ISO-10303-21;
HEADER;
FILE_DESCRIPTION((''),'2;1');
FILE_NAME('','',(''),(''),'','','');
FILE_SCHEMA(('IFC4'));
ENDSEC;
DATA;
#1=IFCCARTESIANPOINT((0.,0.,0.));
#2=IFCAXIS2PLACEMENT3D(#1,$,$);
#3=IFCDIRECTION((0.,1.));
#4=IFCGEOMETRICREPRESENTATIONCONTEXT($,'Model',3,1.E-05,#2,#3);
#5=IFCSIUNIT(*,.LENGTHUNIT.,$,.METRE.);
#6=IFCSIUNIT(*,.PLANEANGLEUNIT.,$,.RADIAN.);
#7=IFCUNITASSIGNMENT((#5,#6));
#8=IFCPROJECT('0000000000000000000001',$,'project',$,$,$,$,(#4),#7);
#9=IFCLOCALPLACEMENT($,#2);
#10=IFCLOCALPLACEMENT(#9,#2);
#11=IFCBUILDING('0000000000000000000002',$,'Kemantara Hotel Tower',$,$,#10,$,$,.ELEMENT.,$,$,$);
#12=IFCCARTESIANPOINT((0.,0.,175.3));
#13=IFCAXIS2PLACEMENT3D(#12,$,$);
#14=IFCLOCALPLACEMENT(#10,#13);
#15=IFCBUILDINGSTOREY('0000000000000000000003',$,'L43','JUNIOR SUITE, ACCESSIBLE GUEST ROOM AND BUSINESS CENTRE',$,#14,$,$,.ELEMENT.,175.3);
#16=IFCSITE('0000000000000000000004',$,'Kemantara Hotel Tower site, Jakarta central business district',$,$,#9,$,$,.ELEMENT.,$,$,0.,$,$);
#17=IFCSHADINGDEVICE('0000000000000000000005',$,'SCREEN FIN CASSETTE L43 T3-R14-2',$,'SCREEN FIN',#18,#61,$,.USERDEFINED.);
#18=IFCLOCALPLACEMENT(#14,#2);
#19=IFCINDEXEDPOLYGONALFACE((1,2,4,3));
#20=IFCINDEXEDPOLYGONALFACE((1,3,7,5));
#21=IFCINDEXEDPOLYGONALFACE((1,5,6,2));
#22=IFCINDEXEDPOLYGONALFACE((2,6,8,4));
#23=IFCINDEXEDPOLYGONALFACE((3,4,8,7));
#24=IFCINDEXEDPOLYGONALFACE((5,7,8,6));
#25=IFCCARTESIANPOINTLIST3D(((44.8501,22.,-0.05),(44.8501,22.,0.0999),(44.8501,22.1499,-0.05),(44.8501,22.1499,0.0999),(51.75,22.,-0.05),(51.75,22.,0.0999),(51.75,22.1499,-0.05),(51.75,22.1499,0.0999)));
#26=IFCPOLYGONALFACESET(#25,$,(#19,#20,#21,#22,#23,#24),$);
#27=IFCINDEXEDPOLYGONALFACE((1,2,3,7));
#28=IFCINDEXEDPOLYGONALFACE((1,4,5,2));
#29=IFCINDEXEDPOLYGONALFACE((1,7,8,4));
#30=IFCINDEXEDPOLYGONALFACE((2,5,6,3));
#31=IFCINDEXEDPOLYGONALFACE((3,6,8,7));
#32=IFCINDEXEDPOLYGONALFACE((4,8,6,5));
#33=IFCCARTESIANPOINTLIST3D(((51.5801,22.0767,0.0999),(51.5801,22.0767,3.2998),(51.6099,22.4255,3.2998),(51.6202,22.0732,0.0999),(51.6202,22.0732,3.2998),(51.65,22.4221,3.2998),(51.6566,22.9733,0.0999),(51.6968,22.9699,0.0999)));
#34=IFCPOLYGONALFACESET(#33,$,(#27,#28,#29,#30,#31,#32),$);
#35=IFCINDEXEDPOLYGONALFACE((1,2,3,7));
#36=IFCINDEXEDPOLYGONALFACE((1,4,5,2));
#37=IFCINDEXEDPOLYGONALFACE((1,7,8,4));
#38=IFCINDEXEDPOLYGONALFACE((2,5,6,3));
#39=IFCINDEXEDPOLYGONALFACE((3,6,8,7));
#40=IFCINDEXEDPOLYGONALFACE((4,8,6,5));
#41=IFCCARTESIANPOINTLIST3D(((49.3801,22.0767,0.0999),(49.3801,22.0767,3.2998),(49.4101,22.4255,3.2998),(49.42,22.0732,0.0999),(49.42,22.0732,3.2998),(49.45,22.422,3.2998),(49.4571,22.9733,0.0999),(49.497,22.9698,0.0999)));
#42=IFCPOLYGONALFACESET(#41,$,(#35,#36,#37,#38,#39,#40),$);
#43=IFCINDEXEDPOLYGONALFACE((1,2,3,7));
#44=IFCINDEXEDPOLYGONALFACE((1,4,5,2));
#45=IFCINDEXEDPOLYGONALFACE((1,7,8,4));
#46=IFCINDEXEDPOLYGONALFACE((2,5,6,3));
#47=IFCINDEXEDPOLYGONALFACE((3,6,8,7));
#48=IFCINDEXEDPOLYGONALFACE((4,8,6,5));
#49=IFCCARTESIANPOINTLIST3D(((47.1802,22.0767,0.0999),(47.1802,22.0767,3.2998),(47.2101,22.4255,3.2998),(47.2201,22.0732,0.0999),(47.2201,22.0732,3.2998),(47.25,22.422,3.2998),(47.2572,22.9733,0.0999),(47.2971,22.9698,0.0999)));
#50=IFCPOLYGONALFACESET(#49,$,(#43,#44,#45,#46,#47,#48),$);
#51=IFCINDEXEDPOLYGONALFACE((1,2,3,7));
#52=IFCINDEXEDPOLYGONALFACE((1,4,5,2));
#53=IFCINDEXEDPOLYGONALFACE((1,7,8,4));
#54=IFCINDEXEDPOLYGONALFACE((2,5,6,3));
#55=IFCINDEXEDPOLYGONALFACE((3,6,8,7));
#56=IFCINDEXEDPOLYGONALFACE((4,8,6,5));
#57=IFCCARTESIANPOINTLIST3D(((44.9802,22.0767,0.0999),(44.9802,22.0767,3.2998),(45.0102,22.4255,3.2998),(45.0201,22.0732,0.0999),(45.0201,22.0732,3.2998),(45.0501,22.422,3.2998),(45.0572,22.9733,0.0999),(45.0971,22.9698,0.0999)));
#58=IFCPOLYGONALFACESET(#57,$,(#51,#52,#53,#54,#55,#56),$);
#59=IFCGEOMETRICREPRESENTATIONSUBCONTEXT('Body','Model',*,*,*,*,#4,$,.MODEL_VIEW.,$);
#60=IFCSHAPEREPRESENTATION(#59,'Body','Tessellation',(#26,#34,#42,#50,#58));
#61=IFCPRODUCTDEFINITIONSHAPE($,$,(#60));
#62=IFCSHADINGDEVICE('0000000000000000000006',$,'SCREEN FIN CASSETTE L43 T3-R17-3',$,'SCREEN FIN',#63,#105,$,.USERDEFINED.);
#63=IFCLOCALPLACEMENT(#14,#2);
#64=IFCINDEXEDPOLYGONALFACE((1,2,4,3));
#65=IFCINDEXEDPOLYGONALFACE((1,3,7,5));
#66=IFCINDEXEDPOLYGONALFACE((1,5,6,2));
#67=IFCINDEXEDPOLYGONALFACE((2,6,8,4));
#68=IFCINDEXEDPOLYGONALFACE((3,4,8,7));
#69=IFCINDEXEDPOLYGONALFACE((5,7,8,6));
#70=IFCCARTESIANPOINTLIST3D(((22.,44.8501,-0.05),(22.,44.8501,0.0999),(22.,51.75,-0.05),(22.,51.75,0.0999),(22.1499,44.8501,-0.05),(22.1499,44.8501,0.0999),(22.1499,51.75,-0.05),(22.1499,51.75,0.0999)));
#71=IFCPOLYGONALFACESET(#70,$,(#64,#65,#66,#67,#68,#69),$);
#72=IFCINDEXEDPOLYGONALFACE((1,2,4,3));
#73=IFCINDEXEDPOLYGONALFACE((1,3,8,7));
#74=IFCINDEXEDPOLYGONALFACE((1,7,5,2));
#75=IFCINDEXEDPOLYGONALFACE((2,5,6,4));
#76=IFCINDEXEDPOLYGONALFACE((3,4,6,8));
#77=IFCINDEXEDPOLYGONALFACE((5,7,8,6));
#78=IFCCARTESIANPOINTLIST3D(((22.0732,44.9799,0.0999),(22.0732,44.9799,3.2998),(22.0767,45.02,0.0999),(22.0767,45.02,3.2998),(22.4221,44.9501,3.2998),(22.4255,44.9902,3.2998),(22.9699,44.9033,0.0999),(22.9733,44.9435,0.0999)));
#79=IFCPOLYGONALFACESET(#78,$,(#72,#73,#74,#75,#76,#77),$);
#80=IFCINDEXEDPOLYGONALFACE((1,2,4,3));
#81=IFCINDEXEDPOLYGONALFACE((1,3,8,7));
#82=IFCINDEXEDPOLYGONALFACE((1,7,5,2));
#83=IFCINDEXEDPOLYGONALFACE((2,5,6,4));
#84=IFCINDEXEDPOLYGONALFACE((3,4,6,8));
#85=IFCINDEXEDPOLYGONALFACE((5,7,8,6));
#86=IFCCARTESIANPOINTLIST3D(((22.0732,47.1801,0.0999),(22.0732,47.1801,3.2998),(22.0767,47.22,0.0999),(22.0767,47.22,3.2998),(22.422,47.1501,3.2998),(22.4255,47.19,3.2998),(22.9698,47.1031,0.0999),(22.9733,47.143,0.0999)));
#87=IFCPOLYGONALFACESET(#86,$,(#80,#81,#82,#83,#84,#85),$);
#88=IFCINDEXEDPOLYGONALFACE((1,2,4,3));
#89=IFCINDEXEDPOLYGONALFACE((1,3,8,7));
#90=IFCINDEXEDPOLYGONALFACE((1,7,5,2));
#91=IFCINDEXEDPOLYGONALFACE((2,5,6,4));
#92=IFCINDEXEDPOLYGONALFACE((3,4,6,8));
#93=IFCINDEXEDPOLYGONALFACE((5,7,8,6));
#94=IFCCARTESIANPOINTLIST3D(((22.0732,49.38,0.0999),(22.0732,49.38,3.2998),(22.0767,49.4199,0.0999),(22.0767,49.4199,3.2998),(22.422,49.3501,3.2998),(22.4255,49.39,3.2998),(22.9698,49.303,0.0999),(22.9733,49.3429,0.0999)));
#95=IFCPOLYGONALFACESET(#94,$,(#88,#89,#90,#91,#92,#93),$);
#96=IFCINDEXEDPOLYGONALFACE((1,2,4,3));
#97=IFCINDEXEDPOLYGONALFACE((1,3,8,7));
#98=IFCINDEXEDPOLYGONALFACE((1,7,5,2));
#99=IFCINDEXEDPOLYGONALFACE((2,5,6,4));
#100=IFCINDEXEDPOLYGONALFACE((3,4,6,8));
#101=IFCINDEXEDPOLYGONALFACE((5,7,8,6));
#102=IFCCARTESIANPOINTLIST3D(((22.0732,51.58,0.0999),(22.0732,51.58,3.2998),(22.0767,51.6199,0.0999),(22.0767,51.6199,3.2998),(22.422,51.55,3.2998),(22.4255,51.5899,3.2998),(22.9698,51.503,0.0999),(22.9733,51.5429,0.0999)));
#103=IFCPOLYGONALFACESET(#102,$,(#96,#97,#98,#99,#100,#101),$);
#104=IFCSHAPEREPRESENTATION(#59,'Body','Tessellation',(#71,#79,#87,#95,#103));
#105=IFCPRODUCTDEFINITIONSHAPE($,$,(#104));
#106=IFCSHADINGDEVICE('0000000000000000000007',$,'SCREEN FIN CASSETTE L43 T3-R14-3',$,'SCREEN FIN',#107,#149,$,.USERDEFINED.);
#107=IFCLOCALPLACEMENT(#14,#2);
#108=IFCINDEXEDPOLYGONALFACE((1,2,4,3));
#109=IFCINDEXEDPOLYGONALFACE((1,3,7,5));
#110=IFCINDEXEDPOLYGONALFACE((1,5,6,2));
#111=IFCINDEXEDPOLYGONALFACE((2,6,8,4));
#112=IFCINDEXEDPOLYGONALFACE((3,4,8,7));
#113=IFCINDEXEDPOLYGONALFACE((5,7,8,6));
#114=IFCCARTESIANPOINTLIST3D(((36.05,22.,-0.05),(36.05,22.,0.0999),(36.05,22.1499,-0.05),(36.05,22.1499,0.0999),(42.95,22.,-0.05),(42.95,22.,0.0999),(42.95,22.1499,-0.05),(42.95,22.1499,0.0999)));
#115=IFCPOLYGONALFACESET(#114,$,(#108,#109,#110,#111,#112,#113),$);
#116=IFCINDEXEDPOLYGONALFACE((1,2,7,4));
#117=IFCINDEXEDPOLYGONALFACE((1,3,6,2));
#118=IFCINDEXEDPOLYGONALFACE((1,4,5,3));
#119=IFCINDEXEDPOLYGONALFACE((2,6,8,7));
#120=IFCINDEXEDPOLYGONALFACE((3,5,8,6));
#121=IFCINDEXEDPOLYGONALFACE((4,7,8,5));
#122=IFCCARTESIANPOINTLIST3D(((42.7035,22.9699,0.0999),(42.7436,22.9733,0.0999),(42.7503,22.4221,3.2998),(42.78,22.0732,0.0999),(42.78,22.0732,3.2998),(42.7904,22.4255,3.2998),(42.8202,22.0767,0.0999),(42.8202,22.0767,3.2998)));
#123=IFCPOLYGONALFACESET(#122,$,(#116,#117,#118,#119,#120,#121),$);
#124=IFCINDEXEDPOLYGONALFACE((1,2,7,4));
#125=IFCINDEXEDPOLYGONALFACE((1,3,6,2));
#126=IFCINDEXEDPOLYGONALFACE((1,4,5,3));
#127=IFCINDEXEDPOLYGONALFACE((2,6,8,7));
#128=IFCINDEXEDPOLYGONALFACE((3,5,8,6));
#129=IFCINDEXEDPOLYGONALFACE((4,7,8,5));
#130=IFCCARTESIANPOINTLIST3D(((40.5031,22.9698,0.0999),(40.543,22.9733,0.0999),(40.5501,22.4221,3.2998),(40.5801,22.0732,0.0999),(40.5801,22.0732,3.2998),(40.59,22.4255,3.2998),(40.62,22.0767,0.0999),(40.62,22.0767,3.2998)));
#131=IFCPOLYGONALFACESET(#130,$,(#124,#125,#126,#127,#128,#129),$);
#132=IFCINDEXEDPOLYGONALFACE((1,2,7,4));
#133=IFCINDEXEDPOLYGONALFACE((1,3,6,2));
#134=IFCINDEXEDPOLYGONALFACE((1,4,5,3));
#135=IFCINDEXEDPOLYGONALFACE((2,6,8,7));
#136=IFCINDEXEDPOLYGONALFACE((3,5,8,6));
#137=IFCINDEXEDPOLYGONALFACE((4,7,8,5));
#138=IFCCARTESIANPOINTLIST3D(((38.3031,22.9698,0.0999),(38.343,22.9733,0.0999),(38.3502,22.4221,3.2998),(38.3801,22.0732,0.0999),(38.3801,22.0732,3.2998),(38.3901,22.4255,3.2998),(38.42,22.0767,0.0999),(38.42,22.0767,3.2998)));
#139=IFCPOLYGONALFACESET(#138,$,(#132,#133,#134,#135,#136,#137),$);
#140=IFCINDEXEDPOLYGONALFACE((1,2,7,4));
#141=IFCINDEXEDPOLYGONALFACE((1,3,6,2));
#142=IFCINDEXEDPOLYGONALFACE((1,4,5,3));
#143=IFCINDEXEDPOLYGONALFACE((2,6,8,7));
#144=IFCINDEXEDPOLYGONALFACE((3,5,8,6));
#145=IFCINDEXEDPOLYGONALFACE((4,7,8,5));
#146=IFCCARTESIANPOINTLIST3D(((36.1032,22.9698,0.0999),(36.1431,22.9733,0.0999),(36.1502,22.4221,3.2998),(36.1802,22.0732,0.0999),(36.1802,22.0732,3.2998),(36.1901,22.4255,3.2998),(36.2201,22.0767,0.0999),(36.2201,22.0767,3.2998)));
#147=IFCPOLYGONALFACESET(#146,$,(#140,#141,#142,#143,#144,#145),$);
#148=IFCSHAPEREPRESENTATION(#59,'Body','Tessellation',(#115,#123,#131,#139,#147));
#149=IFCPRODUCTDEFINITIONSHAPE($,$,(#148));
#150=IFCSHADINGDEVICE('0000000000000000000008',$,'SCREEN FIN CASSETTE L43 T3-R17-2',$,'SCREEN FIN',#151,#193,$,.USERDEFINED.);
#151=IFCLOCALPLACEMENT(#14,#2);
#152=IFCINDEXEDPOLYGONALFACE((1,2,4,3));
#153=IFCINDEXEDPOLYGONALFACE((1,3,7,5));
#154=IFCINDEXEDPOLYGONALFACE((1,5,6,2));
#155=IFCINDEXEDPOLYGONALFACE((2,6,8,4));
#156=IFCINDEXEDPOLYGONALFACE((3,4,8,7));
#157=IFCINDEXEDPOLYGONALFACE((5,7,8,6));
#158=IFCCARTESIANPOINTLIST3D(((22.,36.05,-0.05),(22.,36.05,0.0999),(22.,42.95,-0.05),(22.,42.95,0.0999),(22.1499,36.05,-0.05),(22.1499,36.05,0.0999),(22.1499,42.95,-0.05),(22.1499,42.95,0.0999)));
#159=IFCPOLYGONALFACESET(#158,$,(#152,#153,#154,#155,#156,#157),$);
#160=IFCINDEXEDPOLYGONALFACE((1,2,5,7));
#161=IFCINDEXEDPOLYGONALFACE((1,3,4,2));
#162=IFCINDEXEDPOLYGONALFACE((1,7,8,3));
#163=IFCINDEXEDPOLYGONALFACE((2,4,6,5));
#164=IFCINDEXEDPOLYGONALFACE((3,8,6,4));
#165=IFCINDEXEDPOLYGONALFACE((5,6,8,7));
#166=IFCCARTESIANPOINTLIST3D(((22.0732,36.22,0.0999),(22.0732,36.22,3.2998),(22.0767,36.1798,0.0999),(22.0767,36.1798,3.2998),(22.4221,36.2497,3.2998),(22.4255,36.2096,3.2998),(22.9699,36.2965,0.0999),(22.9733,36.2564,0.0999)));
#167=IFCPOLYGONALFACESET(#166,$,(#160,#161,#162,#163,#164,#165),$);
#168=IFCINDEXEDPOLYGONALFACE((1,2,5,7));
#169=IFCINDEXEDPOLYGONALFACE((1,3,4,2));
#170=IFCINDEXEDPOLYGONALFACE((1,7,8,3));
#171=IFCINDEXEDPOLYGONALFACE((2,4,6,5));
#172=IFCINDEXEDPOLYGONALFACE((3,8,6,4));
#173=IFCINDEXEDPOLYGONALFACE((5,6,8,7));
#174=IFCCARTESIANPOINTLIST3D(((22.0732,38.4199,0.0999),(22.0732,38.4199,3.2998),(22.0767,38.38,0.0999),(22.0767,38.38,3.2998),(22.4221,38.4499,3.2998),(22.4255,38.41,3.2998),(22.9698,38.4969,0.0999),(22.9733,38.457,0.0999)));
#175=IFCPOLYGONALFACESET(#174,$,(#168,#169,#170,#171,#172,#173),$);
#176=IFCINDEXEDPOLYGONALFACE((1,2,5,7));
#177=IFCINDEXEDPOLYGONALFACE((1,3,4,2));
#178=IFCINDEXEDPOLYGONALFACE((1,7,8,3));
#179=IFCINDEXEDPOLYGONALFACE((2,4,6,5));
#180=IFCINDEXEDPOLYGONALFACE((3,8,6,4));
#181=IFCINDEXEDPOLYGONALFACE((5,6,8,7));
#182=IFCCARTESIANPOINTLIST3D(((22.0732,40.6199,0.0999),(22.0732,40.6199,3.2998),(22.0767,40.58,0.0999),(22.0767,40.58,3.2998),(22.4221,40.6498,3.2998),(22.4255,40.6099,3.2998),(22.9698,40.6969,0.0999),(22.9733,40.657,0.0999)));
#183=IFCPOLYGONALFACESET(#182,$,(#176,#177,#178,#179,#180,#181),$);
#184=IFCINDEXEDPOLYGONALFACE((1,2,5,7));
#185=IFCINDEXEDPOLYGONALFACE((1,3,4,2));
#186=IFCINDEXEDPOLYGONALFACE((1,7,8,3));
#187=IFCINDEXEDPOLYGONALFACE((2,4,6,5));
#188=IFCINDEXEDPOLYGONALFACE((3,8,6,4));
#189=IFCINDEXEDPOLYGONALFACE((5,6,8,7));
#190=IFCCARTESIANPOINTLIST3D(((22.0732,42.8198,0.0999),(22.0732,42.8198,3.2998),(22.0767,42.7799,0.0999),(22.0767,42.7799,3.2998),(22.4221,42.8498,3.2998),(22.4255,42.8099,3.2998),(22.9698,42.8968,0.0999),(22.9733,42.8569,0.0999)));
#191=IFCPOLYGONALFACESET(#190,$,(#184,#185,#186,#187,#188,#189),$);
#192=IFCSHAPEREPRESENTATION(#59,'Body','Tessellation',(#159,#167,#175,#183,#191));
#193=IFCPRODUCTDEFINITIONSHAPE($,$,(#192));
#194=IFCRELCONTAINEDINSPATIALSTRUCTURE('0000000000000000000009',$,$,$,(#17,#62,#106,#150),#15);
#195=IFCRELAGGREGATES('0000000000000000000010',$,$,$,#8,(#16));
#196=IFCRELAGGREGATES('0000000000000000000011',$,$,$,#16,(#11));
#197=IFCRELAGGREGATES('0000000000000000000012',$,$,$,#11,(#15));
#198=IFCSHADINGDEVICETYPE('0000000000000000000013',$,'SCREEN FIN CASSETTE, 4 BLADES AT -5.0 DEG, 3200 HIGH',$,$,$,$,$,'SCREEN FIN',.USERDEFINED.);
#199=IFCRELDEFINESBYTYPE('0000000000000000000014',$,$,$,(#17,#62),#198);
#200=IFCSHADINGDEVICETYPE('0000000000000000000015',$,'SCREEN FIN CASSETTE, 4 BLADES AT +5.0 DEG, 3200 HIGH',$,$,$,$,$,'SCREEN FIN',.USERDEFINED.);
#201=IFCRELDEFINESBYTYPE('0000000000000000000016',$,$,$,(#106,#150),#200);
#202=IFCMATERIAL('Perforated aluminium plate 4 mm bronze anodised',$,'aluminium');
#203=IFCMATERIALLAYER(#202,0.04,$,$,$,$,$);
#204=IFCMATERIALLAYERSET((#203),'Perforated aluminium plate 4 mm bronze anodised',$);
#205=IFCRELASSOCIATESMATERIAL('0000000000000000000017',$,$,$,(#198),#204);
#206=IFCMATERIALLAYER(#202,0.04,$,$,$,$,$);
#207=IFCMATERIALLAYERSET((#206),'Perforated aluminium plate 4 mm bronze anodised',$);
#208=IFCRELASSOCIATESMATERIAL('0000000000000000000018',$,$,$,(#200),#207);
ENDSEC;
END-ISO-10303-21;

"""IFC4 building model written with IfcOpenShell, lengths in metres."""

from ifc_helpers import new_model, si_unit, direction, frame, origin, origin_2d, place, context, subcontext, project, spatial, polyline, rectangle, outline, extrude, source, transform, mapped, material, layer, layer_set, type_object, element, save


model = new_model("IFC4")

# Units and contexts
model_context = context("Model", 3, precision=1e-05, world=origin(), true_north=direction((0.0, 1.0)))
body_context = subcontext(model_context, "Body", "Model", "MODEL_VIEW")
ifc_project = project(units=[si_unit("LENGTHUNIT", "METRE"), si_unit("PLANEANGLEUNIT", "RADIAN")], contexts=[model_context])

# Site, building, storey
site_placement = place(None, origin())
site = spatial("IfcSite", under=ifc_project, at=site_placement, Name="Kemantara Hotel Tower site, Jakarta central business district", CompositionType="ELEMENT", RefElevation=0.0)
building_placement = place(site_placement, origin())
building = spatial("IfcBuilding", under=site, at=building_placement, Name="Kemantara Hotel Tower", CompositionType="ELEMENT")
storey_placement = place(building_placement, frame((0.0, 0.0, 175.3)))
storey = spatial("IfcBuildingStorey", under=building, at=storey_placement, Name="L43", Description="JUNIOR SUITE, ACCESSIBLE GUEST ROOM AND BUSINESS CENTRE", CompositionType="ELEMENT", Elevation=175.3)

# Shading devices
ifc_material_1 = material(Name="Perforated aluminium plate 4 mm bronze anodised", Category="aluminium")
ifc_layer_1 = layer(ifc_material_1, 0.04)
ifc_layer_set_1 = layer_set([ifc_layer_1], Name="Perforated aluminium plate 4 mm bronze anodised")
shading_device_type_1 = type_object("IfcShadingDeviceType", Name="SCREEN FIN CASSETTE, 4 BLADES AT -5.0 DEG, 3200 HIGH", ElementType="SCREEN FIN", PredefinedType="USERDEFINED", material=ifc_layer_set_1)
shared_shape_1 = source(origin(), body_context, "Body", "SweptSolid", [
    extrude(rectangle(XDim=6.8999, YDim=0.1499, at=origin_2d()), frame((3.3, -0.075, -0.1499), z_axis=(0.0, 0.0, 1.0), x_axis=(1.0, 0.0, 0.0)), (0.0, 0.0, 1.0), 0.1499),
    extrude(outline(polyline([(0.0, 0.0), (0.8999, 0.0), (0.3501, 3.2), (0.0, 3.2), (0.0, 0.0)])), frame((0.02, -0.0767, 0.0), z_axis=(-0.996376, 0.085056, 0.0), x_axis=(-0.085056, -0.996376, 0.0)), (0.0, 0.0, 1.0), 0.0403),
    extrude(outline(polyline([(0.0, 0.0), (0.8999, 0.0), (0.3501, 3.2), (0.0, 3.2), (0.0, 0.0)])), frame((2.22, -0.0767, 0.0), z_axis=(-0.996332, 0.085575, 0.0), x_axis=(-0.085575, -0.996332, 0.0)), (0.0, 0.0, 1.0), 0.04),
    extrude(outline(polyline([(0.0, 0.0), (0.8999, 0.0), (0.3501, 3.2), (0.0, 3.2), (0.0, 0.0)])), frame((4.4199, -0.0767, 0.0), z_axis=(-0.996332, 0.085575, 0.0), x_axis=(-0.085575, -0.996332, 0.0)), (0.0, 0.0, 1.0), 0.04),
    extrude(outline(polyline([(0.0, 0.0), (0.8999, 0.0), (0.3501, 3.2), (0.0, 3.2), (0.0, 0.0)])), frame((6.6199, -0.0767, 0.0), z_axis=(-0.996332, 0.085575, 0.0), x_axis=(-0.085575, -0.996332, 0.0)), (0.0, 0.0, 1.0), 0.04),
])
for number, where, z_axis, x_axis, name in (
    (1, (51.6001, 22.0, 0.0999), (0.0, 0.0, 1.0), (-1.0, 0.0, 0.0), "SCREEN FIN CASSETTE L43 T3-R14-2"),
    (2, (22.0, 45.0, 0.0999), (0.0, 0.0, 1.0), (0.0, 1.0, 0.0), "SCREEN FIN CASSETTE L43 T3-R17-3"),
):
    element("IfcShadingDevice", number, at=place(storey_placement, frame(where, z_axis=z_axis, x_axis=x_axis)), inside=storey, type_object=shading_device_type_1, Name=name, ObjectType="SCREEN FIN", PredefinedType="USERDEFINED", context=body_context, shape_type="MappedRepresentation", body=[
        mapped(shared_shape_1, transform((0.0, 0.0, 0.0))),
    ])
ifc_layer_2 = layer(ifc_material_1, 0.04)
ifc_layer_set_2 = layer_set([ifc_layer_2], Name="Perforated aluminium plate 4 mm bronze anodised")
shading_device_type_2 = type_object("IfcShadingDeviceType", Name="SCREEN FIN CASSETTE, 4 BLADES AT +5.0 DEG, 3200 HIGH", ElementType="SCREEN FIN", PredefinedType="USERDEFINED", material=ifc_layer_set_2)
shared_shape_2 = source(origin(), body_context, "Body", "SweptSolid", [
    extrude(rectangle(XDim=6.8999, YDim=0.1499, at=origin_2d()), frame((3.3, -0.075, -0.1499), z_axis=(0.0, 0.0, 1.0), x_axis=(1.0, 0.0, 0.0)), (0.0, 0.0, 1.0), 0.1499),
    extrude(outline(polyline([(0.0, 0.0), (0.8999, 0.0), (0.3501, 3.2), (0.0, 3.2), (0.0, 0.0)])), frame((0.02, -0.0732, 0.0), z_axis=(-0.996376, -0.085056, 0.0), x_axis=(0.085056, -0.996376, 0.0)), (0.0, 0.0, 1.0), 0.0403),
    extrude(outline(polyline([(0.0, 0.0), (0.8999, 0.0), (0.3501, 3.2), (0.0, 3.2), (0.0, 0.0)])), frame((2.22, -0.0732, 0.0), z_axis=(-0.996332, -0.085575, 0.0), x_axis=(0.085575, -0.996332, 0.0)), (0.0, 0.0, 1.0), 0.04),
    extrude(outline(polyline([(0.0, 0.0), (0.8999, 0.0), (0.3501, 3.2), (0.0, 3.2), (0.0, 0.0)])), frame((4.4199, -0.0732, 0.0), z_axis=(-0.996332, -0.085575, 0.0), x_axis=(0.085575, -0.996332, 0.0)), (0.0, 0.0, 1.0), 0.04),
    extrude(outline(polyline([(0.0, 0.0), (0.8999, 0.0), (0.3501, 3.2), (0.0, 3.2), (0.0, 0.0)])), frame((6.6199, -0.0732, 0.0), z_axis=(-0.996332, -0.085575, 0.0), x_axis=(0.085575, -0.996332, 0.0)), (0.0, 0.0, 1.0), 0.04),
])
for number, where, z_axis, x_axis, name in (
    (3, (42.8, 22.0, 0.0999), (0.0, 0.0, 1.0), (-1.0, 0.0, 0.0), "SCREEN FIN CASSETTE L43 T3-R14-3"),
    (4, (22.0, 36.2, 0.0999), (0.0, 0.0, 1.0), (0.0, 1.0, 0.0), "SCREEN FIN CASSETTE L43 T3-R17-2"),
):
    element("IfcShadingDevice", number, at=place(storey_placement, frame(where, z_axis=z_axis, x_axis=x_axis)), inside=storey, type_object=shading_device_type_2, Name=name, ObjectType="SCREEN FIN", PredefinedType="USERDEFINED", context=body_context, shape_type="MappedRepresentation", body=[
        mapped(shared_shape_2, transform((0.0, 0.0, 0.0))),
    ])

save(model, "model.ifc")
